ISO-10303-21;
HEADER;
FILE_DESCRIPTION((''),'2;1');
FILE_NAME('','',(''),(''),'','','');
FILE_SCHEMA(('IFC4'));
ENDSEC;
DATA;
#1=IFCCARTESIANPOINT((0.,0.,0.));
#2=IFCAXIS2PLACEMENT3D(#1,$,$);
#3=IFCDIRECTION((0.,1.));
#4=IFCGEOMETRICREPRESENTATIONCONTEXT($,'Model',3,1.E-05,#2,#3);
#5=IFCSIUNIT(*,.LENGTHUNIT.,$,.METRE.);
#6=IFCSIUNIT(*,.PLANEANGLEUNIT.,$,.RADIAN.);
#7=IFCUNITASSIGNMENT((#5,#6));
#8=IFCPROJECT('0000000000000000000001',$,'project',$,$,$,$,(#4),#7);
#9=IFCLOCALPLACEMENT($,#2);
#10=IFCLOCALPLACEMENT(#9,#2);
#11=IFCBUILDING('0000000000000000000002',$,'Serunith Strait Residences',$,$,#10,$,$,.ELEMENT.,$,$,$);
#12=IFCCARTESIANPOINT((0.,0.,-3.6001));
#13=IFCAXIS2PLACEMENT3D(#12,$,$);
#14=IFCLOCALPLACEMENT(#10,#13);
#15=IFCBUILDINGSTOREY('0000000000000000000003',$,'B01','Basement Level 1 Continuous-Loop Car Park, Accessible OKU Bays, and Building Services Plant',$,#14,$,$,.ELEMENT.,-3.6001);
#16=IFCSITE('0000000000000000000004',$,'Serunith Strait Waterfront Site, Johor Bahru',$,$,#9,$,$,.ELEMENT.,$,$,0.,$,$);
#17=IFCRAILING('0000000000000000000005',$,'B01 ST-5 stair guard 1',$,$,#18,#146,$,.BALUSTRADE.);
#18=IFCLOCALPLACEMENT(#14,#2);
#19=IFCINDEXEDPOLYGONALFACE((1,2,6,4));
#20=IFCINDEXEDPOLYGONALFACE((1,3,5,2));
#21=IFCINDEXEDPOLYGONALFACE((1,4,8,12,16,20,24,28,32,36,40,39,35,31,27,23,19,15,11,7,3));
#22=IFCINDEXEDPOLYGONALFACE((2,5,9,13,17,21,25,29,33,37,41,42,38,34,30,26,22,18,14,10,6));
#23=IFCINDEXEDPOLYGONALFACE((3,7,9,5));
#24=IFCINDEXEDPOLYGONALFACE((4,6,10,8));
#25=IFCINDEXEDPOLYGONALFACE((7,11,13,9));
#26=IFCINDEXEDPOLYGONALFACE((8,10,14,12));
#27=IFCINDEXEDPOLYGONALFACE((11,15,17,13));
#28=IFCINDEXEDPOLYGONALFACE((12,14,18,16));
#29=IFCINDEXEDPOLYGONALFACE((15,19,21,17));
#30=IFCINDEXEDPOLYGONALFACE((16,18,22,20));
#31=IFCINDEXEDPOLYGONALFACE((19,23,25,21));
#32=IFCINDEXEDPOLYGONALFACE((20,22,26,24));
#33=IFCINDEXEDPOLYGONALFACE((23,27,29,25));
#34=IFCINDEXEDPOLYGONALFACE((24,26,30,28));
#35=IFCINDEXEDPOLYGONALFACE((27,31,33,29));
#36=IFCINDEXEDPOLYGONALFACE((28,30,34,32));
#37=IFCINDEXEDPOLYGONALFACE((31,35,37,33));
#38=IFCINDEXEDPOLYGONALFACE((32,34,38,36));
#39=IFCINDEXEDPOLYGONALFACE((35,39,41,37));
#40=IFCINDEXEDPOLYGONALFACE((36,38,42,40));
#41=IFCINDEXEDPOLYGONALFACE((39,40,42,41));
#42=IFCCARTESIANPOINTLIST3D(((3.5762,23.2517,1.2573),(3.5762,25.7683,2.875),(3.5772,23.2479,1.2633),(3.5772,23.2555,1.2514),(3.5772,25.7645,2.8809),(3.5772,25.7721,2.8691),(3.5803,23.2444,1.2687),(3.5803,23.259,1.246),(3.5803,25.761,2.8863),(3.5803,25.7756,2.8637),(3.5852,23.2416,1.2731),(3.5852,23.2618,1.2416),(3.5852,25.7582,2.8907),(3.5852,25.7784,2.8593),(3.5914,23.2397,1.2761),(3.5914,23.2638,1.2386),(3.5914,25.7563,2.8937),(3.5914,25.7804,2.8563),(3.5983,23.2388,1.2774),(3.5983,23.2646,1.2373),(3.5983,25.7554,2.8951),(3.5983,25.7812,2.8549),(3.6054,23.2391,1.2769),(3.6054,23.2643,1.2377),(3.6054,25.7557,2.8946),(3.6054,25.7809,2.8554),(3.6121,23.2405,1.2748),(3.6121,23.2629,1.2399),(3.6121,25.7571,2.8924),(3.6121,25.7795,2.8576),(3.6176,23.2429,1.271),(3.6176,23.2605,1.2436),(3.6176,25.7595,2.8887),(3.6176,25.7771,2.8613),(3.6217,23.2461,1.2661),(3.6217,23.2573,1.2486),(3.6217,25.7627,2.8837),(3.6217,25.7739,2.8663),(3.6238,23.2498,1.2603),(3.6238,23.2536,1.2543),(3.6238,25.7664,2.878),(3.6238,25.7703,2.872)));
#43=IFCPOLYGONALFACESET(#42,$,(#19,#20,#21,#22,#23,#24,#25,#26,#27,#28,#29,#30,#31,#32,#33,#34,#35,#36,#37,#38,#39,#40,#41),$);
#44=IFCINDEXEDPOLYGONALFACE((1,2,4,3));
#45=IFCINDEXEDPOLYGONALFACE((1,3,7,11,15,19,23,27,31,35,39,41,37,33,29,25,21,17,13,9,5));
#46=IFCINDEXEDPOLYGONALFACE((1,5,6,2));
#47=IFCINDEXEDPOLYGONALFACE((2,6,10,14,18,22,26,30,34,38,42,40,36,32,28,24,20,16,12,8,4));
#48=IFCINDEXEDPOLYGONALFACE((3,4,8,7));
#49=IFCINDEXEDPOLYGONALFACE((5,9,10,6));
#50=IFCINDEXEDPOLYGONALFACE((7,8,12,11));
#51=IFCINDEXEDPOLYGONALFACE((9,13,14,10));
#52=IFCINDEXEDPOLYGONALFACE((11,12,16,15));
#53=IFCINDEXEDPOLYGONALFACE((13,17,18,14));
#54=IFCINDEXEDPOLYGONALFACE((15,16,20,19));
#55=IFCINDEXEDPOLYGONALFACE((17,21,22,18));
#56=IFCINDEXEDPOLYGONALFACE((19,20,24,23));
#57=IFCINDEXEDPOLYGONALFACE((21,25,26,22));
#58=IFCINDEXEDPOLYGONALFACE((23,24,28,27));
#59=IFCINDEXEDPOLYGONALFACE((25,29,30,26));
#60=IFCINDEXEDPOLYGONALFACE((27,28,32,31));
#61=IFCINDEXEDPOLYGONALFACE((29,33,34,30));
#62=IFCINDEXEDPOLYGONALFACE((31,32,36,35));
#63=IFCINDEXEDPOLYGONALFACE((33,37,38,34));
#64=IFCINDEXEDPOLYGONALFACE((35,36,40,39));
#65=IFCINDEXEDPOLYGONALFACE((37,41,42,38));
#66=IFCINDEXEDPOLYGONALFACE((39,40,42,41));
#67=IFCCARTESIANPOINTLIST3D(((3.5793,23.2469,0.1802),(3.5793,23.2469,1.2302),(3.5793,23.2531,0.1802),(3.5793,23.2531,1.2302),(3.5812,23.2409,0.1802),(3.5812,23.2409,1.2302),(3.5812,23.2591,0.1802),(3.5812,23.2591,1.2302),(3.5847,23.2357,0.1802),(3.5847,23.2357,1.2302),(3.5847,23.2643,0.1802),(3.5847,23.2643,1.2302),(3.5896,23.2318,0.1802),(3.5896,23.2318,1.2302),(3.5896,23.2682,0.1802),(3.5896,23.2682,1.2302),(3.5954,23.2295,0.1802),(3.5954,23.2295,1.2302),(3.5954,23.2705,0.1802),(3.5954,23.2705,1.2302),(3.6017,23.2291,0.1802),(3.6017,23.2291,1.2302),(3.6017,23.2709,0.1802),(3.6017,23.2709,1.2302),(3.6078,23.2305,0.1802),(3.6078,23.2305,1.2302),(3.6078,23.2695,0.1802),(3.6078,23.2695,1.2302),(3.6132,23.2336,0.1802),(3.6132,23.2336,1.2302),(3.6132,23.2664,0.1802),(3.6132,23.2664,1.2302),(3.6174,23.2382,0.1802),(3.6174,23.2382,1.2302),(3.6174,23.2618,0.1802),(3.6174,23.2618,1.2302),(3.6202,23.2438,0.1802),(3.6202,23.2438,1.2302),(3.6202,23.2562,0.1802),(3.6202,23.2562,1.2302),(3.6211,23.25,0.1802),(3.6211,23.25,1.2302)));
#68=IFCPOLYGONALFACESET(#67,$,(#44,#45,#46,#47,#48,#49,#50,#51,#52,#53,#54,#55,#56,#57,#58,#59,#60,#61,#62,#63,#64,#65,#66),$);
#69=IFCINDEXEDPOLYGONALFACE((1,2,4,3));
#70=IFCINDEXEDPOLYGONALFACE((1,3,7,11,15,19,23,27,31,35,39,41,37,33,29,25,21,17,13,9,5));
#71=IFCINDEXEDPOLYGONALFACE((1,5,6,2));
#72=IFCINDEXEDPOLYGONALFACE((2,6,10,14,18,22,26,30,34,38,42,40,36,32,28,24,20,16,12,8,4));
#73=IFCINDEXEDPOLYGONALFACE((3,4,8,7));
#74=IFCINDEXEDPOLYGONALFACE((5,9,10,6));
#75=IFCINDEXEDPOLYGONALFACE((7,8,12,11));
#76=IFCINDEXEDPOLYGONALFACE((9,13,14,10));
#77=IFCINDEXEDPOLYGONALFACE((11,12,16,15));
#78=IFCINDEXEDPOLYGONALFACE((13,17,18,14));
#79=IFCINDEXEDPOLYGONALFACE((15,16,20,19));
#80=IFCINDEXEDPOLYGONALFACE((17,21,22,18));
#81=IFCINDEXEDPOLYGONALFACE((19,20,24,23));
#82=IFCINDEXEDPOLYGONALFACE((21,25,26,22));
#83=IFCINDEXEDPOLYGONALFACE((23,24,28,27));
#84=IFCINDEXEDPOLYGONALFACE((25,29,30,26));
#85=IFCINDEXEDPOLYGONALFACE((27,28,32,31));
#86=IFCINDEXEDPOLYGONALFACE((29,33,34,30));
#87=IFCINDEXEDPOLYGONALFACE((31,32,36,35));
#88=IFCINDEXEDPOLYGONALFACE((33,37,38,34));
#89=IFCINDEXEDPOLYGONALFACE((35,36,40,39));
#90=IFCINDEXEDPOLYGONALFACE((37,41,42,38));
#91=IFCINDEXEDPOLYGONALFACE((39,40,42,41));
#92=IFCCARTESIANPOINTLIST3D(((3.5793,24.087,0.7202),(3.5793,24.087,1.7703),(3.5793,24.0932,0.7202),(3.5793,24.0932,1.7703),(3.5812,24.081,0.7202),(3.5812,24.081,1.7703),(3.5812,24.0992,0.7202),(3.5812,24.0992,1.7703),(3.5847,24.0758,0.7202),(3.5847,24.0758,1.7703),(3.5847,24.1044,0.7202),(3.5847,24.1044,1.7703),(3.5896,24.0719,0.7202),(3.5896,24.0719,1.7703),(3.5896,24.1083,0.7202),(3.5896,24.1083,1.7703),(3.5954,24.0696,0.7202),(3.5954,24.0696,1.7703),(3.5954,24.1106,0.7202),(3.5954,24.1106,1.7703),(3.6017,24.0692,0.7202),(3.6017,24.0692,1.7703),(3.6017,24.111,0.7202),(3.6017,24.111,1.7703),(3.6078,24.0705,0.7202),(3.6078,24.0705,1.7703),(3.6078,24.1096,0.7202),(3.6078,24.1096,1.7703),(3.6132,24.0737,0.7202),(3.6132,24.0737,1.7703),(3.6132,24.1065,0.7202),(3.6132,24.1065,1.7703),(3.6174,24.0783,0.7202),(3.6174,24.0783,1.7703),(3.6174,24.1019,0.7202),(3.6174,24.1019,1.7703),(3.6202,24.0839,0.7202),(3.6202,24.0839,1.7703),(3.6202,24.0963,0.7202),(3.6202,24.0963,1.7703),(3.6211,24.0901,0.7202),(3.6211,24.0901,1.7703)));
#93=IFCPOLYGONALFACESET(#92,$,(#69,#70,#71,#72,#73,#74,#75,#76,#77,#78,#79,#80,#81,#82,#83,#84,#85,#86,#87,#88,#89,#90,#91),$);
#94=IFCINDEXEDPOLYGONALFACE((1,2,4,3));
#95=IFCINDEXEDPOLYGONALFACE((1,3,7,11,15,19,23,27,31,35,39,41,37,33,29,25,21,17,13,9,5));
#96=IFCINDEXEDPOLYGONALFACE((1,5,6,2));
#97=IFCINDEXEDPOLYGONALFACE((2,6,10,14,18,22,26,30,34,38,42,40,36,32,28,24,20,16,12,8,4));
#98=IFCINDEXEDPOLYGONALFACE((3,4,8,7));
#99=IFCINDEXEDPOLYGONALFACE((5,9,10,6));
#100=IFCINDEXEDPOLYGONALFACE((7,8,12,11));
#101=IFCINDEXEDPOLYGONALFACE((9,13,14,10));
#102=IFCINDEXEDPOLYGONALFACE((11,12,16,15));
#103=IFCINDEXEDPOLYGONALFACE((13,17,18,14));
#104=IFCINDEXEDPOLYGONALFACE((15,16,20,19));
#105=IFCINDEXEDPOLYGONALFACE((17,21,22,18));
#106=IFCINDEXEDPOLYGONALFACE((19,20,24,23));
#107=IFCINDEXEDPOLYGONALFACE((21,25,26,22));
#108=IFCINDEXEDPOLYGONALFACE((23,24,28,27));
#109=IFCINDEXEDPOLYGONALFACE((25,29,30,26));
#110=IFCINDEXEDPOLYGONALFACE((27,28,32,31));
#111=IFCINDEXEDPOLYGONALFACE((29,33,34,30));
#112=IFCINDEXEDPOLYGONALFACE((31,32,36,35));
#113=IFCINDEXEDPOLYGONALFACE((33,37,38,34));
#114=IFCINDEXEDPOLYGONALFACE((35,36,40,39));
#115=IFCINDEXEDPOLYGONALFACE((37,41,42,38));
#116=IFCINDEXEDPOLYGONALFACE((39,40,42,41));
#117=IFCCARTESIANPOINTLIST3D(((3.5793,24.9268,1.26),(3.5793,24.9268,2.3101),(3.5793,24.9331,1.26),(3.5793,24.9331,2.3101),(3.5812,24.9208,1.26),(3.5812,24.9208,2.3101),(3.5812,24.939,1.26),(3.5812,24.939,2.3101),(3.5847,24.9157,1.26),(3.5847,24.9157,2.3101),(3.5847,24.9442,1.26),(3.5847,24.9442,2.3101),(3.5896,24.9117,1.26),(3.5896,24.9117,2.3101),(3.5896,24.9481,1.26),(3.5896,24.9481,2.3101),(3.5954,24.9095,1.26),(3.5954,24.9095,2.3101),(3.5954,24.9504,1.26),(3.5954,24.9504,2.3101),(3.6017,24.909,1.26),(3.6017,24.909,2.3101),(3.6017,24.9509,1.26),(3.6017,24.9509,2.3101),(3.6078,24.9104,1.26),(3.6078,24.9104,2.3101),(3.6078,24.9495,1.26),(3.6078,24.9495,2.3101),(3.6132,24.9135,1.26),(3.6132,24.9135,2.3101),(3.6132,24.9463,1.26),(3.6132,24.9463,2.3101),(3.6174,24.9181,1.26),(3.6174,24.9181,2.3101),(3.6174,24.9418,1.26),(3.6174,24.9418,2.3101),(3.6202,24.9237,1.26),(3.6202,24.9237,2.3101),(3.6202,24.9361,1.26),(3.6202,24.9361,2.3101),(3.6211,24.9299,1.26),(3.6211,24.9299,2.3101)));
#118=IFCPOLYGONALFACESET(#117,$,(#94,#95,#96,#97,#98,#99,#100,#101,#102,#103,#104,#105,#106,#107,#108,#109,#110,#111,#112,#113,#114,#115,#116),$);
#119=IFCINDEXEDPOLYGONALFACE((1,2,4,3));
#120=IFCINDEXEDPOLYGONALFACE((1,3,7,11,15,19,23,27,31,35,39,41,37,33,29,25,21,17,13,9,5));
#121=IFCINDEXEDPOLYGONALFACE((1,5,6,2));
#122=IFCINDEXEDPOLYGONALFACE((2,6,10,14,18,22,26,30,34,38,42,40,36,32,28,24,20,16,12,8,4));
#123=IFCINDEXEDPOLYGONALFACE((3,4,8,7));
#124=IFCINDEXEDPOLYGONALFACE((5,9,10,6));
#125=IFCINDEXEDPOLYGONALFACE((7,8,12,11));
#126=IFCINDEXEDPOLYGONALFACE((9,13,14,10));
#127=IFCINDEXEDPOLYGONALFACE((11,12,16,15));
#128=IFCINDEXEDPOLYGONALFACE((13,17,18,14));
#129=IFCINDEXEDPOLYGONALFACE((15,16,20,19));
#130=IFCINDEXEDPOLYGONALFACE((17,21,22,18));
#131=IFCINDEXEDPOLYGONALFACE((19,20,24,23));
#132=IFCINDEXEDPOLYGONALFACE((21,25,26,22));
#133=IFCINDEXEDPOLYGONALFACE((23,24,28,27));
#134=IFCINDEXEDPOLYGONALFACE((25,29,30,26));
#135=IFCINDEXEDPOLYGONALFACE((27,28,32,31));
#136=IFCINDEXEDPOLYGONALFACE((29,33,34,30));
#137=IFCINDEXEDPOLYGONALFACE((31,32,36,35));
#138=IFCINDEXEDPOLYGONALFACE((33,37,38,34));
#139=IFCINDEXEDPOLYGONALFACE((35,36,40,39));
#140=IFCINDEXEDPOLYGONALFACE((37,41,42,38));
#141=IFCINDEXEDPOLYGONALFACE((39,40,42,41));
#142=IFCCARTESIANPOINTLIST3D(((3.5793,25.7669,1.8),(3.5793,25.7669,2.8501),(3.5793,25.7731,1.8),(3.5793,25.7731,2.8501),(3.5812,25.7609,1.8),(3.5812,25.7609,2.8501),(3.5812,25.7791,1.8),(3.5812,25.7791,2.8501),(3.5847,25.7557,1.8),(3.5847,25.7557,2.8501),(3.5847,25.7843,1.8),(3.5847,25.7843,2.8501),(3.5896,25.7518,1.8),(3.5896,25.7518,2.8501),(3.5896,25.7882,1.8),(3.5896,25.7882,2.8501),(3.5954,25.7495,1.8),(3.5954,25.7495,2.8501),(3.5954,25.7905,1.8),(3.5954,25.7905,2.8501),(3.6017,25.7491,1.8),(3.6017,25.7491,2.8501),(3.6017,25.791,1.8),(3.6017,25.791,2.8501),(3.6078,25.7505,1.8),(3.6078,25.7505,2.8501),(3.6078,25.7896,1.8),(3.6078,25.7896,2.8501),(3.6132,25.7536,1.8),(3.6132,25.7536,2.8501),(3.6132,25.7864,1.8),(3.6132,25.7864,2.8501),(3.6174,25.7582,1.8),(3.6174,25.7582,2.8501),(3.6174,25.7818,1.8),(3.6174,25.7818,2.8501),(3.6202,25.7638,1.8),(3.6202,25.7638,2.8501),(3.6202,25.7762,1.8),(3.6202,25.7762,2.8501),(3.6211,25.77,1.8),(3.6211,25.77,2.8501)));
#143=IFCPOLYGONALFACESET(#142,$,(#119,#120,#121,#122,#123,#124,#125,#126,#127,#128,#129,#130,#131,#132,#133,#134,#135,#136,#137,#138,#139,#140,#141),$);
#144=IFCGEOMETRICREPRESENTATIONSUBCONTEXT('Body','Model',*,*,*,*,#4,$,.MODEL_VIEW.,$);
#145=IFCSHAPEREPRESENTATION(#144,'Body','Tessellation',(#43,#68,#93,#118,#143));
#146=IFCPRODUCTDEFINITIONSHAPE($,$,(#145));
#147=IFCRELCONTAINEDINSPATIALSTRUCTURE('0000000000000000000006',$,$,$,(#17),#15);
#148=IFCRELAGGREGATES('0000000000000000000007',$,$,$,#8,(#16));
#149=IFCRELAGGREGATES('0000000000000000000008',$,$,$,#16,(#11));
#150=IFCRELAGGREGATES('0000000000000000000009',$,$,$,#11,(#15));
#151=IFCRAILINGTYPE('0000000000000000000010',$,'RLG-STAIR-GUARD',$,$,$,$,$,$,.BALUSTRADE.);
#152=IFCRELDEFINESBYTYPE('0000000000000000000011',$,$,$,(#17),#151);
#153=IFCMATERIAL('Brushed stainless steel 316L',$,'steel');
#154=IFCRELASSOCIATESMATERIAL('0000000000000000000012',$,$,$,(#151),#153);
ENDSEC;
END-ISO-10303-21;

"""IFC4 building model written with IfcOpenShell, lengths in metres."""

from ifc_helpers import new_model, si_unit, direction, frame, origin, origin_2d, place, context, subcontext, project, spatial, circle, extrude, material, type_object, element, save


model = new_model("IFC4")

# Units and contexts
model_context = context("Model", 3, precision=1e-05, world=origin(), true_north=direction((0.0, 1.0)))
body_context = subcontext(model_context, "Body", "Model", "MODEL_VIEW")
ifc_project = project(units=[si_unit("LENGTHUNIT", "METRE"), si_unit("PLANEANGLEUNIT", "RADIAN")], contexts=[model_context])

# Site, building, storey
site_placement = place(None, origin())
site = spatial("IfcSite", under=ifc_project, at=site_placement, Name="Serunith Strait Waterfront Site, Johor Bahru", CompositionType="ELEMENT", RefElevation=0.0)
building_placement = place(site_placement, origin())
building = spatial("IfcBuilding", under=site, at=building_placement, Name="Serunith Strait Residences", CompositionType="ELEMENT")
storey_placement = place(building_placement, frame((0.0, 0.0, -3.6001)))
storey = spatial("IfcBuildingStorey", under=building, at=storey_placement, Name="B01", Description="Basement Level 1 Continuous-Loop Car Park, Accessible OKU Bays, and Building Services Plant", CompositionType="ELEMENT", Elevation=-3.6001)

# Railing
ifc_material_1 = material(Name="Brushed stainless steel 316L", Category="steel")
railing_type_1 = type_object("IfcRailingType", Name="RLG-STAIR-GUARD", PredefinedType="BALUSTRADE", material=ifc_material_1)
railing_1_placement = place(storey_placement, frame((3.6001, 23.25, 0.1802)))
element("IfcRailing", 1, at=railing_1_placement, inside=storey, type_object=railing_type_1, Name="B01 ST-5 stair guard 1", PredefinedType="BALUSTRADE", context=body_context, shape_type="SweptSolid", body=[
    extrude(circle(Radius=0.0239, at=origin_2d()), frame((0.0, 0.0017, 1.0771), z_axis=(0.0, 0.8412, 0.540725), x_axis=(-1.0, 0.0, 0.0)), (0.0, 0.0, 1.0), 2.9917),
    extrude(circle(Radius=0.021, at=origin_2d()), origin(), (0.0, 0.0, 1.0), 1.05),
    extrude(circle(Radius=0.021, at=origin_2d()), frame((0.0, 0.8401, 0.54)), (0.0, 0.0, 1.0), 1.05),
    extrude(circle(Radius=0.021, at=origin_2d()), frame((0.0, 1.6799, 1.0798)), (0.0, 0.0, 1.0), 1.05),
    extrude(circle(Radius=0.021, at=origin_2d()), frame((0.0, 2.52, 1.6199)), (0.0, 0.0, 1.0), 1.05),
])

save(model, "model.ifc")
